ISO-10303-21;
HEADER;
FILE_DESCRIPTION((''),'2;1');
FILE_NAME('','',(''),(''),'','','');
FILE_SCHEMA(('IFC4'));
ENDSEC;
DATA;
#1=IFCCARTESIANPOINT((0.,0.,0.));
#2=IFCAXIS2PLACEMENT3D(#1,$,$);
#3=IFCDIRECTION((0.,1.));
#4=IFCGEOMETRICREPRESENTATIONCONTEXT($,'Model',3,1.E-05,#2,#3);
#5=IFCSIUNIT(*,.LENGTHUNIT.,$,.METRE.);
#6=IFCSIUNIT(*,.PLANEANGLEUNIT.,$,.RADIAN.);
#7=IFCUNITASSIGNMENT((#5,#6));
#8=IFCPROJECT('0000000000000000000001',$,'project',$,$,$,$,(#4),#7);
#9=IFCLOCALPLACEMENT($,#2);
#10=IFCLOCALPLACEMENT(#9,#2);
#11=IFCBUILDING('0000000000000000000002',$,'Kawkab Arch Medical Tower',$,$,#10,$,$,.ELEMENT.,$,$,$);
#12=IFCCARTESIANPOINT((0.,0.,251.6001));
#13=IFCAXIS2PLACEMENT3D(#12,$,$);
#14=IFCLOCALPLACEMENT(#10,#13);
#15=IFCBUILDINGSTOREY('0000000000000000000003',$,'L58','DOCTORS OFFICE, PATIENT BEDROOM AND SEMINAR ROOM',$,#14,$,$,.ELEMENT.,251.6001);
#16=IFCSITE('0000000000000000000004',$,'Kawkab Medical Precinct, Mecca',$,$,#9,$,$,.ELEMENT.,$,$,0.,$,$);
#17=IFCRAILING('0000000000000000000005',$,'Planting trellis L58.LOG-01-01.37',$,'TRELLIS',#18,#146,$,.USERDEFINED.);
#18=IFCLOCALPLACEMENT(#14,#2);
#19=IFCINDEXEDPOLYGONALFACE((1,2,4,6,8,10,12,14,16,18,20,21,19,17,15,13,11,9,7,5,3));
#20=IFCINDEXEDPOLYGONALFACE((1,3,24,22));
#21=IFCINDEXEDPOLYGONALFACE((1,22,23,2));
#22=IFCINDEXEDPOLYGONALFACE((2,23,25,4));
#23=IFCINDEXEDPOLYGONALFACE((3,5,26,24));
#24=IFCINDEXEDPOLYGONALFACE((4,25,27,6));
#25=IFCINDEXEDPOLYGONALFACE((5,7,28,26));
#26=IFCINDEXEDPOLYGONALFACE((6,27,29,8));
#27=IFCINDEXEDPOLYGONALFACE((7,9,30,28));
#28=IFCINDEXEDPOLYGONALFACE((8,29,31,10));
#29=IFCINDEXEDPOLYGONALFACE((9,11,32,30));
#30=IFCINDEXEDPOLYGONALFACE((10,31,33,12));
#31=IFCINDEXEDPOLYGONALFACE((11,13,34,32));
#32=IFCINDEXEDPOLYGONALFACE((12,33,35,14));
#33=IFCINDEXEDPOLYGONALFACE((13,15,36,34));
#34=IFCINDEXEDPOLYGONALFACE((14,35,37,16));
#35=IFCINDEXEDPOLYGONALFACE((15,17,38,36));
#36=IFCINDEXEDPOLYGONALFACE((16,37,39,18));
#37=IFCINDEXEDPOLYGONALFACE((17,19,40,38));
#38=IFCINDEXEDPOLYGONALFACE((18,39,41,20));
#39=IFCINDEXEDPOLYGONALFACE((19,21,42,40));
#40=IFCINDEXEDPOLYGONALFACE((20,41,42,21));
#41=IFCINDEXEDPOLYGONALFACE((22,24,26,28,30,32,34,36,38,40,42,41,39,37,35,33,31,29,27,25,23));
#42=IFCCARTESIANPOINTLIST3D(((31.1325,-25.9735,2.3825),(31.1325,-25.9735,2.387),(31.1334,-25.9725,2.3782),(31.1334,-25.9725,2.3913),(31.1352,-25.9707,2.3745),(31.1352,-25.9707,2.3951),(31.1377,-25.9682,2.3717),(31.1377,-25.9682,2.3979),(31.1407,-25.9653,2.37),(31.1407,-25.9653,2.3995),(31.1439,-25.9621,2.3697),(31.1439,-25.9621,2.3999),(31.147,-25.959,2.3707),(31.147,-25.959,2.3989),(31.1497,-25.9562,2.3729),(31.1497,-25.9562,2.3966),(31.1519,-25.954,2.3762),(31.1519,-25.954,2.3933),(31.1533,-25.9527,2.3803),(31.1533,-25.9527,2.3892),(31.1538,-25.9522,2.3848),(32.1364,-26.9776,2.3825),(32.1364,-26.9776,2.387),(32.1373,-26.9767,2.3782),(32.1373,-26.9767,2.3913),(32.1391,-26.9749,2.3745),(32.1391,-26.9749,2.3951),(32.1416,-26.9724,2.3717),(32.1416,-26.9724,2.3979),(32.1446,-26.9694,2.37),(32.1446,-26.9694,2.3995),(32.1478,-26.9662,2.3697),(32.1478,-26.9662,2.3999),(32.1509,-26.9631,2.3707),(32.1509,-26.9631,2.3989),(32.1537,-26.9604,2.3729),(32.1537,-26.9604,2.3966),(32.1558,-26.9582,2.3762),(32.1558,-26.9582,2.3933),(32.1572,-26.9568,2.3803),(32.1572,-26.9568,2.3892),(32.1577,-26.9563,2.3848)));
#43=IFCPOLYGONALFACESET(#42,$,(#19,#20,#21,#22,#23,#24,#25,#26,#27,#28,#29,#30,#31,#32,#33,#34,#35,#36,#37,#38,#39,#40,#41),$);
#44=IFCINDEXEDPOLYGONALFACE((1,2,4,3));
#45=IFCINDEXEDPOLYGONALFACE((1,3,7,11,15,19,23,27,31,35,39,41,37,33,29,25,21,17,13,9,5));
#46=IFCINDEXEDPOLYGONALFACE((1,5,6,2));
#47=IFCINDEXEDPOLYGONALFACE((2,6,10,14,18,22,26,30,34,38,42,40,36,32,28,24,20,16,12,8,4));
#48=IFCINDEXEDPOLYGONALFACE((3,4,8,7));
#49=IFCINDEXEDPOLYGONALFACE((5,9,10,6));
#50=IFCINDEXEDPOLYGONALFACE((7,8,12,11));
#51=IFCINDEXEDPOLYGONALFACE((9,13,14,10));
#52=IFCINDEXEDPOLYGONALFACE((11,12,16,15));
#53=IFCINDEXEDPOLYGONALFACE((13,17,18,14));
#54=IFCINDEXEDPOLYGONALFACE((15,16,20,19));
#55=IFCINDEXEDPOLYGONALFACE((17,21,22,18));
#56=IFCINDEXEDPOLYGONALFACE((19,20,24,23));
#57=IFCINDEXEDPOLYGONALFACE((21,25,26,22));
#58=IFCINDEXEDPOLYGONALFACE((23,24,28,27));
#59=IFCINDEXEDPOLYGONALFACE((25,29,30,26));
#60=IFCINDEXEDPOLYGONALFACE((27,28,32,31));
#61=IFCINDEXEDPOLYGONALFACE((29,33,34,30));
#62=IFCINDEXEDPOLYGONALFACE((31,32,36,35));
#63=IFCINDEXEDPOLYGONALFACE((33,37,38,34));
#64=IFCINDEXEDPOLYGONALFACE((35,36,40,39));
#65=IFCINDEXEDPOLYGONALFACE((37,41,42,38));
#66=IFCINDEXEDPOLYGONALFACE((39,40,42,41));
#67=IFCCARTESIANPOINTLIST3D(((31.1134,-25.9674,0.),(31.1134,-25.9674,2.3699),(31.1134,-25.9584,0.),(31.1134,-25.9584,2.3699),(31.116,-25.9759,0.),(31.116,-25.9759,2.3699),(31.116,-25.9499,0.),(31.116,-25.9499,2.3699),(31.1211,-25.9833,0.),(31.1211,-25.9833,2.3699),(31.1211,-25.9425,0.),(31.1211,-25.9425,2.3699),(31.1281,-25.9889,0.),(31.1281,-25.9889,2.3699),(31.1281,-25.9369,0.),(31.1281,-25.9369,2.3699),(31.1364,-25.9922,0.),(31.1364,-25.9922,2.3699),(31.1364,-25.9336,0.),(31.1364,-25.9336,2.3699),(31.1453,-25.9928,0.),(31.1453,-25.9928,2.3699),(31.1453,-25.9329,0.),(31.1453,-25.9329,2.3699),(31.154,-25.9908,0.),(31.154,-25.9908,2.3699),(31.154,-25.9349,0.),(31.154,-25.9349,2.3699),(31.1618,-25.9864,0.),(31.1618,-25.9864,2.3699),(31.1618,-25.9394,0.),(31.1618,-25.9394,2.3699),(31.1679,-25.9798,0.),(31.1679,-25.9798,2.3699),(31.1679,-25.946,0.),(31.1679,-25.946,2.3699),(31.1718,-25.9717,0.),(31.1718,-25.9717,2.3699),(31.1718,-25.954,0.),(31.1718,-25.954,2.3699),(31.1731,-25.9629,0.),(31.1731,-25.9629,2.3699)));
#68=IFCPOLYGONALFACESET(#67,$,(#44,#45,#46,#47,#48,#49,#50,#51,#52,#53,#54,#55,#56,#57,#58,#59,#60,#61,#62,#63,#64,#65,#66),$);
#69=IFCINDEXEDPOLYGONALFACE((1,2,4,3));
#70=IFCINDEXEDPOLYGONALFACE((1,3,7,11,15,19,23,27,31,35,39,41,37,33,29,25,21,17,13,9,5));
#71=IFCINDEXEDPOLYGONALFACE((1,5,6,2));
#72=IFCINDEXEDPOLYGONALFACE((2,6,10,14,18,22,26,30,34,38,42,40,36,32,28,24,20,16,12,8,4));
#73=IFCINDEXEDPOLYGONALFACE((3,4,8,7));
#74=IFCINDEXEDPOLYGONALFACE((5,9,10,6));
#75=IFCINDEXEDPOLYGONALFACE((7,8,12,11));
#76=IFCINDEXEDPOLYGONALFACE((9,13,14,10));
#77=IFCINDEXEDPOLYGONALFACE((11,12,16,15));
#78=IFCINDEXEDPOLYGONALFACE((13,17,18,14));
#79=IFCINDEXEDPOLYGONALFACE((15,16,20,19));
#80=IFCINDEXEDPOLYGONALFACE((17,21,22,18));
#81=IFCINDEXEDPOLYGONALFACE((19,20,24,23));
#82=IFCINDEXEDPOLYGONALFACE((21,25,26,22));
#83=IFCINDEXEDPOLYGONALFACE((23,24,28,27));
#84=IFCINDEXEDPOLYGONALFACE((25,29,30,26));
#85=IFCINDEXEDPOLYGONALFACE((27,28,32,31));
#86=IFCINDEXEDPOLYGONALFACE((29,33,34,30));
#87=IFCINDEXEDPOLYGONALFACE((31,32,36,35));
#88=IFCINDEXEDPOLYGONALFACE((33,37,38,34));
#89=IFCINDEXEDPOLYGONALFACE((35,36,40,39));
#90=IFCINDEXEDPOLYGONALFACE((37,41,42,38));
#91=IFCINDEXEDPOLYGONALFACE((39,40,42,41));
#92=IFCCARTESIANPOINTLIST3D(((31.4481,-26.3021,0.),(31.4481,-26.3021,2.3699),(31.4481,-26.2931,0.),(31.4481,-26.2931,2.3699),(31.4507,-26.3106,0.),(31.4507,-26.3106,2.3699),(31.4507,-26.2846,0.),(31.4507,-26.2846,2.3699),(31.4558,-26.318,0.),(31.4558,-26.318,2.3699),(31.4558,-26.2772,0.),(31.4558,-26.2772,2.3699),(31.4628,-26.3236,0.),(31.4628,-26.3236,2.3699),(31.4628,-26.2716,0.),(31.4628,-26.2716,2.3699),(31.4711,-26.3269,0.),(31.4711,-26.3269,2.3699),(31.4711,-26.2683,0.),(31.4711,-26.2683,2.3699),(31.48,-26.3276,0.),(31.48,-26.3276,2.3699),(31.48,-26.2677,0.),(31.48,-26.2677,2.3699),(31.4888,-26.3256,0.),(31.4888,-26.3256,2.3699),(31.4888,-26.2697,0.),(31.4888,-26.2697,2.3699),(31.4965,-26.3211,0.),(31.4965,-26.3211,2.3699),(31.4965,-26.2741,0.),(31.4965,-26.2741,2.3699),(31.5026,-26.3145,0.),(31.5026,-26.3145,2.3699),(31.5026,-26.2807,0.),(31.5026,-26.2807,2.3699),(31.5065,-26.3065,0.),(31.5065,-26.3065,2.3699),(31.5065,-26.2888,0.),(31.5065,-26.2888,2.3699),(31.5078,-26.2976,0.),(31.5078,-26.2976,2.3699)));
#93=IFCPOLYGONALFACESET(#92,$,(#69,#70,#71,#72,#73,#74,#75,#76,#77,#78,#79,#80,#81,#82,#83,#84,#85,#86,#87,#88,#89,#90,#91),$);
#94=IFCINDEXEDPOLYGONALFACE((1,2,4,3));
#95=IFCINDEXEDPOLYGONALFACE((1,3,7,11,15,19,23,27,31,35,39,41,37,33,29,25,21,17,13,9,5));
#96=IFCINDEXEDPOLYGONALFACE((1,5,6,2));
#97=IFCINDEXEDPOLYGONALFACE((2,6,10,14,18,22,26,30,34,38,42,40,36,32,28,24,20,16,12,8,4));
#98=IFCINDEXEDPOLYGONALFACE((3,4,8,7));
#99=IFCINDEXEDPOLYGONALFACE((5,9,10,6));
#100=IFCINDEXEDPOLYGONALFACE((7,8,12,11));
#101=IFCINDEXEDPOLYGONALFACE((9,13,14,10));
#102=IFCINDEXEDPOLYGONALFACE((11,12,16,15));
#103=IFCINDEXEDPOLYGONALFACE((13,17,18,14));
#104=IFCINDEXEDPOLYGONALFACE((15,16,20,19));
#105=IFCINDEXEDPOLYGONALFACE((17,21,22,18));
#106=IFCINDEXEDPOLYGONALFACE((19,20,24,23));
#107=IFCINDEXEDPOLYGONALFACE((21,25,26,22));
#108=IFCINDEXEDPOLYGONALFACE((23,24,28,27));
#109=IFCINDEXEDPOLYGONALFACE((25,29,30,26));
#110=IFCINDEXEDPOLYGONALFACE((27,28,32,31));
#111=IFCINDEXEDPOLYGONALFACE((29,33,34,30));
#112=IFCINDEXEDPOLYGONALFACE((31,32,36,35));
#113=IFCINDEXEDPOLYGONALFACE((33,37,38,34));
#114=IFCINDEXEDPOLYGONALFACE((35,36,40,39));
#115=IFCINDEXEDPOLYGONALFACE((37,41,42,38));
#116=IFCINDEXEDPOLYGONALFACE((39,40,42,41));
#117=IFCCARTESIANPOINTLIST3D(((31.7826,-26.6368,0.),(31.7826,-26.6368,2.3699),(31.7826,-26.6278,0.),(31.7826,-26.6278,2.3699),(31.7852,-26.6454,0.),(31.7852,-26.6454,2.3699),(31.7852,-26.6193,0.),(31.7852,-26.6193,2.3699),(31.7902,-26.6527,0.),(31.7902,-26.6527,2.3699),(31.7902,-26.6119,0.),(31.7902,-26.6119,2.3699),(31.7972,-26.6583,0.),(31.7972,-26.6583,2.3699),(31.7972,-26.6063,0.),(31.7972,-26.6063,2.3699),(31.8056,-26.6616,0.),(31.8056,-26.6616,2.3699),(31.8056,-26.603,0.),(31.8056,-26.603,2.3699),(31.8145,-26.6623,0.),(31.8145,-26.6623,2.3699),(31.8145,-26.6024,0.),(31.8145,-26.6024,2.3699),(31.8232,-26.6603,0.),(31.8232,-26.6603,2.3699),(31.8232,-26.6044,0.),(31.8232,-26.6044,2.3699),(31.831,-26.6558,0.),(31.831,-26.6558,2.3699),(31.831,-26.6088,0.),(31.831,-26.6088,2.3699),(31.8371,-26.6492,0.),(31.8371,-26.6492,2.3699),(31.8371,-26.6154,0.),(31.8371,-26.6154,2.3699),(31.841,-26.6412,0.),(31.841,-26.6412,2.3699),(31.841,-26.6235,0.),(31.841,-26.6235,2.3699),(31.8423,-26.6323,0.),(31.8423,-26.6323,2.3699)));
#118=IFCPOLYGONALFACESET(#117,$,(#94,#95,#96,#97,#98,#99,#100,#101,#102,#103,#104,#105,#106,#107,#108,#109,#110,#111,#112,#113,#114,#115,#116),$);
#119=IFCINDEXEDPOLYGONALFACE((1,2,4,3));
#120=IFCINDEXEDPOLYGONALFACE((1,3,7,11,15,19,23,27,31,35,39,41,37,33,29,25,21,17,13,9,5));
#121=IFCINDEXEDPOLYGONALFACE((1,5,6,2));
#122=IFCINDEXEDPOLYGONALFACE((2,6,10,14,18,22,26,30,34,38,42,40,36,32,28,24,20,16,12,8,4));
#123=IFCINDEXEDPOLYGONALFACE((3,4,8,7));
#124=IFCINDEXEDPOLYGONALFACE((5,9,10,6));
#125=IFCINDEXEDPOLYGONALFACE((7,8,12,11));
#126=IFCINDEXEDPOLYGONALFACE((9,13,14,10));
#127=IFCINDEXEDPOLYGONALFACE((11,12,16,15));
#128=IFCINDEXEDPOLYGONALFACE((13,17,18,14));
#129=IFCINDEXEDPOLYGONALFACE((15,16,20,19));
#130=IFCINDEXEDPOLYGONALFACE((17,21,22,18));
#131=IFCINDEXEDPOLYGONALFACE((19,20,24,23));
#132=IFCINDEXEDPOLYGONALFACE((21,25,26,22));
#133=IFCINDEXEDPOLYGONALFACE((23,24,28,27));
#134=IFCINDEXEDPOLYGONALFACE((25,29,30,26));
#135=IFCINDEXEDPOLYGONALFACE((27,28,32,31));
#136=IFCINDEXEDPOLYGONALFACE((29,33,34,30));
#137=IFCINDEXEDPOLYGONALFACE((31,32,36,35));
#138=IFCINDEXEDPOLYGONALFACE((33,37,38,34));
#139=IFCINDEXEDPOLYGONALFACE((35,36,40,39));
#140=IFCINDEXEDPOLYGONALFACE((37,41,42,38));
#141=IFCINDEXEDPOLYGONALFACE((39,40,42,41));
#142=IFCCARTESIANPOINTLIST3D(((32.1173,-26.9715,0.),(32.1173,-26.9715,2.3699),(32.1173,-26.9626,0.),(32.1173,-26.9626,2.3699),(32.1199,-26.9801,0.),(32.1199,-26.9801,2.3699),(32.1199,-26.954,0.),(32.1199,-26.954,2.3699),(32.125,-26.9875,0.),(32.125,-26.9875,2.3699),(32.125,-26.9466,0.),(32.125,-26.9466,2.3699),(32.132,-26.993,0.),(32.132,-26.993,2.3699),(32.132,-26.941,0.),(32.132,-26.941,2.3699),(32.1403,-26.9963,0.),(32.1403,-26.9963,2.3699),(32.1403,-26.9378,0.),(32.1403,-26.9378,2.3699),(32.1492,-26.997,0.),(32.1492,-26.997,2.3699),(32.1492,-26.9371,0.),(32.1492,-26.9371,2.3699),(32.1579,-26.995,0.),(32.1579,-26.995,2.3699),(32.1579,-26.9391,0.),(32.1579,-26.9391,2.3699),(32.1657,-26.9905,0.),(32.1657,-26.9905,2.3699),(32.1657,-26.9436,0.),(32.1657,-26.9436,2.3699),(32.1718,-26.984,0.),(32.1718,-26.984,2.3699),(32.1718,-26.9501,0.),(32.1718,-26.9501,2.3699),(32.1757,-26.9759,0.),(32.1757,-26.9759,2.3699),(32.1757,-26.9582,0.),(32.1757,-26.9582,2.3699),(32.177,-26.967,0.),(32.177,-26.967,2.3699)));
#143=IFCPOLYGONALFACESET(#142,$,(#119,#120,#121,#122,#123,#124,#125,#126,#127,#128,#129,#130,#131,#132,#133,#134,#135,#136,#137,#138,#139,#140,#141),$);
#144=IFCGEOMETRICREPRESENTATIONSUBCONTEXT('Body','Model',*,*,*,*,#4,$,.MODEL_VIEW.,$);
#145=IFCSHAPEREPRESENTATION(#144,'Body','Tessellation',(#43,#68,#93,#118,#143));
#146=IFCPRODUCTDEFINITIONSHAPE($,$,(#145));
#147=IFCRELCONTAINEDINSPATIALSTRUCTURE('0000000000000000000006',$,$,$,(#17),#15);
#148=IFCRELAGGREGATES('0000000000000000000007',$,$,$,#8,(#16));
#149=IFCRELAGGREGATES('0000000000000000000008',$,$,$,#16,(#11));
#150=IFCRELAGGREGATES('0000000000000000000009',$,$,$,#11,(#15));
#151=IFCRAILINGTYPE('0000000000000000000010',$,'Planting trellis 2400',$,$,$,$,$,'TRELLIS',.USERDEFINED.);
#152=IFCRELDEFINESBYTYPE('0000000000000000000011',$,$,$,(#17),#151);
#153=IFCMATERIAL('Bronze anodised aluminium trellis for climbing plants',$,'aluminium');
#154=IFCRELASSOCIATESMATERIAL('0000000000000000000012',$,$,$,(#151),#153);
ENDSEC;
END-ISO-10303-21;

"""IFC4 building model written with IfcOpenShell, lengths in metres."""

from ifc_helpers import new_model, si_unit, direction, frame, origin, origin_2d, place, context, subcontext, project, spatial, circle, extrude, material, type_object, element, save


model = new_model("IFC4")

# Units and contexts
model_context = context("Model", 3, precision=1e-05, world=origin(), true_north=direction((0.0, 1.0)))
body_context = subcontext(model_context, "Body", "Model", "MODEL_VIEW")
ifc_project = project(units=[si_unit("LENGTHUNIT", "METRE"), si_unit("PLANEANGLEUNIT", "RADIAN")], contexts=[model_context])

# Site, building, storey
site_placement = place(None, origin())
site = spatial("IfcSite", under=ifc_project, at=site_placement, Name="Kawkab Medical Precinct, Mecca", CompositionType="ELEMENT", RefElevation=0.0)
building_placement = place(site_placement, origin())
building = spatial("IfcBuilding", under=site, at=building_placement, Name="Kawkab Arch Medical Tower", CompositionType="ELEMENT")
storey_placement = place(building_placement, frame((0.0, 0.0, 251.6001)))
storey = spatial("IfcBuildingStorey", under=building, at=storey_placement, Name="L58", Description="DOCTORS OFFICE, PATIENT BEDROOM AND SEMINAR ROOM", CompositionType="ELEMENT", Elevation=251.6001)

# Railing
ifc_material_1 = material(Name="Bronze anodised aluminium trellis for climbing plants", Category="aluminium")
railing_type = type_object("IfcRailingType", Name="Planting trellis 2400", ElementType="TRELLIS", PredefinedType="USERDEFINED", material=ifc_material_1)
railing_placement = place(storey_placement, frame((31.1431, -25.9629, 0.0)))
element("IfcRailing", 1, at=railing_placement, inside=storey, type_object=railing_type, Name="Planting trellis L58.LOG-01-01.37", ObjectType="TRELLIS", PredefinedType="USERDEFINED", context=body_context, shape_type="SweptSolid", body=[
    extrude(circle(Radius=0.0151, at=origin_2d()), frame((0.0, 0.0, 2.3848), z_axis=(0.707021, -0.707193, 0.0), x_axis=(0.707193, 0.707021, 0.0)), (0.0, 0.0, 1.0), 1.4199),
    extrude(circle(Radius=0.03, at=origin_2d()), origin(), (0.0, 0.0, 1.0), 2.3699),
    extrude(circle(Radius=0.03, at=origin_2d()), frame((0.3347, -0.3347, 0.0)), (0.0, 0.0, 1.0), 2.3699),
    extrude(circle(Radius=0.03, at=origin_2d()), frame((0.6692, -0.6694, 0.0)), (0.0, 0.0, 1.0), 2.3699),
    extrude(circle(Radius=0.03, at=origin_2d()), frame((1.0039, -1.0042, 0.0)), (0.0, 0.0, 1.0), 2.3699),
])

save(model, "model.ifc")
